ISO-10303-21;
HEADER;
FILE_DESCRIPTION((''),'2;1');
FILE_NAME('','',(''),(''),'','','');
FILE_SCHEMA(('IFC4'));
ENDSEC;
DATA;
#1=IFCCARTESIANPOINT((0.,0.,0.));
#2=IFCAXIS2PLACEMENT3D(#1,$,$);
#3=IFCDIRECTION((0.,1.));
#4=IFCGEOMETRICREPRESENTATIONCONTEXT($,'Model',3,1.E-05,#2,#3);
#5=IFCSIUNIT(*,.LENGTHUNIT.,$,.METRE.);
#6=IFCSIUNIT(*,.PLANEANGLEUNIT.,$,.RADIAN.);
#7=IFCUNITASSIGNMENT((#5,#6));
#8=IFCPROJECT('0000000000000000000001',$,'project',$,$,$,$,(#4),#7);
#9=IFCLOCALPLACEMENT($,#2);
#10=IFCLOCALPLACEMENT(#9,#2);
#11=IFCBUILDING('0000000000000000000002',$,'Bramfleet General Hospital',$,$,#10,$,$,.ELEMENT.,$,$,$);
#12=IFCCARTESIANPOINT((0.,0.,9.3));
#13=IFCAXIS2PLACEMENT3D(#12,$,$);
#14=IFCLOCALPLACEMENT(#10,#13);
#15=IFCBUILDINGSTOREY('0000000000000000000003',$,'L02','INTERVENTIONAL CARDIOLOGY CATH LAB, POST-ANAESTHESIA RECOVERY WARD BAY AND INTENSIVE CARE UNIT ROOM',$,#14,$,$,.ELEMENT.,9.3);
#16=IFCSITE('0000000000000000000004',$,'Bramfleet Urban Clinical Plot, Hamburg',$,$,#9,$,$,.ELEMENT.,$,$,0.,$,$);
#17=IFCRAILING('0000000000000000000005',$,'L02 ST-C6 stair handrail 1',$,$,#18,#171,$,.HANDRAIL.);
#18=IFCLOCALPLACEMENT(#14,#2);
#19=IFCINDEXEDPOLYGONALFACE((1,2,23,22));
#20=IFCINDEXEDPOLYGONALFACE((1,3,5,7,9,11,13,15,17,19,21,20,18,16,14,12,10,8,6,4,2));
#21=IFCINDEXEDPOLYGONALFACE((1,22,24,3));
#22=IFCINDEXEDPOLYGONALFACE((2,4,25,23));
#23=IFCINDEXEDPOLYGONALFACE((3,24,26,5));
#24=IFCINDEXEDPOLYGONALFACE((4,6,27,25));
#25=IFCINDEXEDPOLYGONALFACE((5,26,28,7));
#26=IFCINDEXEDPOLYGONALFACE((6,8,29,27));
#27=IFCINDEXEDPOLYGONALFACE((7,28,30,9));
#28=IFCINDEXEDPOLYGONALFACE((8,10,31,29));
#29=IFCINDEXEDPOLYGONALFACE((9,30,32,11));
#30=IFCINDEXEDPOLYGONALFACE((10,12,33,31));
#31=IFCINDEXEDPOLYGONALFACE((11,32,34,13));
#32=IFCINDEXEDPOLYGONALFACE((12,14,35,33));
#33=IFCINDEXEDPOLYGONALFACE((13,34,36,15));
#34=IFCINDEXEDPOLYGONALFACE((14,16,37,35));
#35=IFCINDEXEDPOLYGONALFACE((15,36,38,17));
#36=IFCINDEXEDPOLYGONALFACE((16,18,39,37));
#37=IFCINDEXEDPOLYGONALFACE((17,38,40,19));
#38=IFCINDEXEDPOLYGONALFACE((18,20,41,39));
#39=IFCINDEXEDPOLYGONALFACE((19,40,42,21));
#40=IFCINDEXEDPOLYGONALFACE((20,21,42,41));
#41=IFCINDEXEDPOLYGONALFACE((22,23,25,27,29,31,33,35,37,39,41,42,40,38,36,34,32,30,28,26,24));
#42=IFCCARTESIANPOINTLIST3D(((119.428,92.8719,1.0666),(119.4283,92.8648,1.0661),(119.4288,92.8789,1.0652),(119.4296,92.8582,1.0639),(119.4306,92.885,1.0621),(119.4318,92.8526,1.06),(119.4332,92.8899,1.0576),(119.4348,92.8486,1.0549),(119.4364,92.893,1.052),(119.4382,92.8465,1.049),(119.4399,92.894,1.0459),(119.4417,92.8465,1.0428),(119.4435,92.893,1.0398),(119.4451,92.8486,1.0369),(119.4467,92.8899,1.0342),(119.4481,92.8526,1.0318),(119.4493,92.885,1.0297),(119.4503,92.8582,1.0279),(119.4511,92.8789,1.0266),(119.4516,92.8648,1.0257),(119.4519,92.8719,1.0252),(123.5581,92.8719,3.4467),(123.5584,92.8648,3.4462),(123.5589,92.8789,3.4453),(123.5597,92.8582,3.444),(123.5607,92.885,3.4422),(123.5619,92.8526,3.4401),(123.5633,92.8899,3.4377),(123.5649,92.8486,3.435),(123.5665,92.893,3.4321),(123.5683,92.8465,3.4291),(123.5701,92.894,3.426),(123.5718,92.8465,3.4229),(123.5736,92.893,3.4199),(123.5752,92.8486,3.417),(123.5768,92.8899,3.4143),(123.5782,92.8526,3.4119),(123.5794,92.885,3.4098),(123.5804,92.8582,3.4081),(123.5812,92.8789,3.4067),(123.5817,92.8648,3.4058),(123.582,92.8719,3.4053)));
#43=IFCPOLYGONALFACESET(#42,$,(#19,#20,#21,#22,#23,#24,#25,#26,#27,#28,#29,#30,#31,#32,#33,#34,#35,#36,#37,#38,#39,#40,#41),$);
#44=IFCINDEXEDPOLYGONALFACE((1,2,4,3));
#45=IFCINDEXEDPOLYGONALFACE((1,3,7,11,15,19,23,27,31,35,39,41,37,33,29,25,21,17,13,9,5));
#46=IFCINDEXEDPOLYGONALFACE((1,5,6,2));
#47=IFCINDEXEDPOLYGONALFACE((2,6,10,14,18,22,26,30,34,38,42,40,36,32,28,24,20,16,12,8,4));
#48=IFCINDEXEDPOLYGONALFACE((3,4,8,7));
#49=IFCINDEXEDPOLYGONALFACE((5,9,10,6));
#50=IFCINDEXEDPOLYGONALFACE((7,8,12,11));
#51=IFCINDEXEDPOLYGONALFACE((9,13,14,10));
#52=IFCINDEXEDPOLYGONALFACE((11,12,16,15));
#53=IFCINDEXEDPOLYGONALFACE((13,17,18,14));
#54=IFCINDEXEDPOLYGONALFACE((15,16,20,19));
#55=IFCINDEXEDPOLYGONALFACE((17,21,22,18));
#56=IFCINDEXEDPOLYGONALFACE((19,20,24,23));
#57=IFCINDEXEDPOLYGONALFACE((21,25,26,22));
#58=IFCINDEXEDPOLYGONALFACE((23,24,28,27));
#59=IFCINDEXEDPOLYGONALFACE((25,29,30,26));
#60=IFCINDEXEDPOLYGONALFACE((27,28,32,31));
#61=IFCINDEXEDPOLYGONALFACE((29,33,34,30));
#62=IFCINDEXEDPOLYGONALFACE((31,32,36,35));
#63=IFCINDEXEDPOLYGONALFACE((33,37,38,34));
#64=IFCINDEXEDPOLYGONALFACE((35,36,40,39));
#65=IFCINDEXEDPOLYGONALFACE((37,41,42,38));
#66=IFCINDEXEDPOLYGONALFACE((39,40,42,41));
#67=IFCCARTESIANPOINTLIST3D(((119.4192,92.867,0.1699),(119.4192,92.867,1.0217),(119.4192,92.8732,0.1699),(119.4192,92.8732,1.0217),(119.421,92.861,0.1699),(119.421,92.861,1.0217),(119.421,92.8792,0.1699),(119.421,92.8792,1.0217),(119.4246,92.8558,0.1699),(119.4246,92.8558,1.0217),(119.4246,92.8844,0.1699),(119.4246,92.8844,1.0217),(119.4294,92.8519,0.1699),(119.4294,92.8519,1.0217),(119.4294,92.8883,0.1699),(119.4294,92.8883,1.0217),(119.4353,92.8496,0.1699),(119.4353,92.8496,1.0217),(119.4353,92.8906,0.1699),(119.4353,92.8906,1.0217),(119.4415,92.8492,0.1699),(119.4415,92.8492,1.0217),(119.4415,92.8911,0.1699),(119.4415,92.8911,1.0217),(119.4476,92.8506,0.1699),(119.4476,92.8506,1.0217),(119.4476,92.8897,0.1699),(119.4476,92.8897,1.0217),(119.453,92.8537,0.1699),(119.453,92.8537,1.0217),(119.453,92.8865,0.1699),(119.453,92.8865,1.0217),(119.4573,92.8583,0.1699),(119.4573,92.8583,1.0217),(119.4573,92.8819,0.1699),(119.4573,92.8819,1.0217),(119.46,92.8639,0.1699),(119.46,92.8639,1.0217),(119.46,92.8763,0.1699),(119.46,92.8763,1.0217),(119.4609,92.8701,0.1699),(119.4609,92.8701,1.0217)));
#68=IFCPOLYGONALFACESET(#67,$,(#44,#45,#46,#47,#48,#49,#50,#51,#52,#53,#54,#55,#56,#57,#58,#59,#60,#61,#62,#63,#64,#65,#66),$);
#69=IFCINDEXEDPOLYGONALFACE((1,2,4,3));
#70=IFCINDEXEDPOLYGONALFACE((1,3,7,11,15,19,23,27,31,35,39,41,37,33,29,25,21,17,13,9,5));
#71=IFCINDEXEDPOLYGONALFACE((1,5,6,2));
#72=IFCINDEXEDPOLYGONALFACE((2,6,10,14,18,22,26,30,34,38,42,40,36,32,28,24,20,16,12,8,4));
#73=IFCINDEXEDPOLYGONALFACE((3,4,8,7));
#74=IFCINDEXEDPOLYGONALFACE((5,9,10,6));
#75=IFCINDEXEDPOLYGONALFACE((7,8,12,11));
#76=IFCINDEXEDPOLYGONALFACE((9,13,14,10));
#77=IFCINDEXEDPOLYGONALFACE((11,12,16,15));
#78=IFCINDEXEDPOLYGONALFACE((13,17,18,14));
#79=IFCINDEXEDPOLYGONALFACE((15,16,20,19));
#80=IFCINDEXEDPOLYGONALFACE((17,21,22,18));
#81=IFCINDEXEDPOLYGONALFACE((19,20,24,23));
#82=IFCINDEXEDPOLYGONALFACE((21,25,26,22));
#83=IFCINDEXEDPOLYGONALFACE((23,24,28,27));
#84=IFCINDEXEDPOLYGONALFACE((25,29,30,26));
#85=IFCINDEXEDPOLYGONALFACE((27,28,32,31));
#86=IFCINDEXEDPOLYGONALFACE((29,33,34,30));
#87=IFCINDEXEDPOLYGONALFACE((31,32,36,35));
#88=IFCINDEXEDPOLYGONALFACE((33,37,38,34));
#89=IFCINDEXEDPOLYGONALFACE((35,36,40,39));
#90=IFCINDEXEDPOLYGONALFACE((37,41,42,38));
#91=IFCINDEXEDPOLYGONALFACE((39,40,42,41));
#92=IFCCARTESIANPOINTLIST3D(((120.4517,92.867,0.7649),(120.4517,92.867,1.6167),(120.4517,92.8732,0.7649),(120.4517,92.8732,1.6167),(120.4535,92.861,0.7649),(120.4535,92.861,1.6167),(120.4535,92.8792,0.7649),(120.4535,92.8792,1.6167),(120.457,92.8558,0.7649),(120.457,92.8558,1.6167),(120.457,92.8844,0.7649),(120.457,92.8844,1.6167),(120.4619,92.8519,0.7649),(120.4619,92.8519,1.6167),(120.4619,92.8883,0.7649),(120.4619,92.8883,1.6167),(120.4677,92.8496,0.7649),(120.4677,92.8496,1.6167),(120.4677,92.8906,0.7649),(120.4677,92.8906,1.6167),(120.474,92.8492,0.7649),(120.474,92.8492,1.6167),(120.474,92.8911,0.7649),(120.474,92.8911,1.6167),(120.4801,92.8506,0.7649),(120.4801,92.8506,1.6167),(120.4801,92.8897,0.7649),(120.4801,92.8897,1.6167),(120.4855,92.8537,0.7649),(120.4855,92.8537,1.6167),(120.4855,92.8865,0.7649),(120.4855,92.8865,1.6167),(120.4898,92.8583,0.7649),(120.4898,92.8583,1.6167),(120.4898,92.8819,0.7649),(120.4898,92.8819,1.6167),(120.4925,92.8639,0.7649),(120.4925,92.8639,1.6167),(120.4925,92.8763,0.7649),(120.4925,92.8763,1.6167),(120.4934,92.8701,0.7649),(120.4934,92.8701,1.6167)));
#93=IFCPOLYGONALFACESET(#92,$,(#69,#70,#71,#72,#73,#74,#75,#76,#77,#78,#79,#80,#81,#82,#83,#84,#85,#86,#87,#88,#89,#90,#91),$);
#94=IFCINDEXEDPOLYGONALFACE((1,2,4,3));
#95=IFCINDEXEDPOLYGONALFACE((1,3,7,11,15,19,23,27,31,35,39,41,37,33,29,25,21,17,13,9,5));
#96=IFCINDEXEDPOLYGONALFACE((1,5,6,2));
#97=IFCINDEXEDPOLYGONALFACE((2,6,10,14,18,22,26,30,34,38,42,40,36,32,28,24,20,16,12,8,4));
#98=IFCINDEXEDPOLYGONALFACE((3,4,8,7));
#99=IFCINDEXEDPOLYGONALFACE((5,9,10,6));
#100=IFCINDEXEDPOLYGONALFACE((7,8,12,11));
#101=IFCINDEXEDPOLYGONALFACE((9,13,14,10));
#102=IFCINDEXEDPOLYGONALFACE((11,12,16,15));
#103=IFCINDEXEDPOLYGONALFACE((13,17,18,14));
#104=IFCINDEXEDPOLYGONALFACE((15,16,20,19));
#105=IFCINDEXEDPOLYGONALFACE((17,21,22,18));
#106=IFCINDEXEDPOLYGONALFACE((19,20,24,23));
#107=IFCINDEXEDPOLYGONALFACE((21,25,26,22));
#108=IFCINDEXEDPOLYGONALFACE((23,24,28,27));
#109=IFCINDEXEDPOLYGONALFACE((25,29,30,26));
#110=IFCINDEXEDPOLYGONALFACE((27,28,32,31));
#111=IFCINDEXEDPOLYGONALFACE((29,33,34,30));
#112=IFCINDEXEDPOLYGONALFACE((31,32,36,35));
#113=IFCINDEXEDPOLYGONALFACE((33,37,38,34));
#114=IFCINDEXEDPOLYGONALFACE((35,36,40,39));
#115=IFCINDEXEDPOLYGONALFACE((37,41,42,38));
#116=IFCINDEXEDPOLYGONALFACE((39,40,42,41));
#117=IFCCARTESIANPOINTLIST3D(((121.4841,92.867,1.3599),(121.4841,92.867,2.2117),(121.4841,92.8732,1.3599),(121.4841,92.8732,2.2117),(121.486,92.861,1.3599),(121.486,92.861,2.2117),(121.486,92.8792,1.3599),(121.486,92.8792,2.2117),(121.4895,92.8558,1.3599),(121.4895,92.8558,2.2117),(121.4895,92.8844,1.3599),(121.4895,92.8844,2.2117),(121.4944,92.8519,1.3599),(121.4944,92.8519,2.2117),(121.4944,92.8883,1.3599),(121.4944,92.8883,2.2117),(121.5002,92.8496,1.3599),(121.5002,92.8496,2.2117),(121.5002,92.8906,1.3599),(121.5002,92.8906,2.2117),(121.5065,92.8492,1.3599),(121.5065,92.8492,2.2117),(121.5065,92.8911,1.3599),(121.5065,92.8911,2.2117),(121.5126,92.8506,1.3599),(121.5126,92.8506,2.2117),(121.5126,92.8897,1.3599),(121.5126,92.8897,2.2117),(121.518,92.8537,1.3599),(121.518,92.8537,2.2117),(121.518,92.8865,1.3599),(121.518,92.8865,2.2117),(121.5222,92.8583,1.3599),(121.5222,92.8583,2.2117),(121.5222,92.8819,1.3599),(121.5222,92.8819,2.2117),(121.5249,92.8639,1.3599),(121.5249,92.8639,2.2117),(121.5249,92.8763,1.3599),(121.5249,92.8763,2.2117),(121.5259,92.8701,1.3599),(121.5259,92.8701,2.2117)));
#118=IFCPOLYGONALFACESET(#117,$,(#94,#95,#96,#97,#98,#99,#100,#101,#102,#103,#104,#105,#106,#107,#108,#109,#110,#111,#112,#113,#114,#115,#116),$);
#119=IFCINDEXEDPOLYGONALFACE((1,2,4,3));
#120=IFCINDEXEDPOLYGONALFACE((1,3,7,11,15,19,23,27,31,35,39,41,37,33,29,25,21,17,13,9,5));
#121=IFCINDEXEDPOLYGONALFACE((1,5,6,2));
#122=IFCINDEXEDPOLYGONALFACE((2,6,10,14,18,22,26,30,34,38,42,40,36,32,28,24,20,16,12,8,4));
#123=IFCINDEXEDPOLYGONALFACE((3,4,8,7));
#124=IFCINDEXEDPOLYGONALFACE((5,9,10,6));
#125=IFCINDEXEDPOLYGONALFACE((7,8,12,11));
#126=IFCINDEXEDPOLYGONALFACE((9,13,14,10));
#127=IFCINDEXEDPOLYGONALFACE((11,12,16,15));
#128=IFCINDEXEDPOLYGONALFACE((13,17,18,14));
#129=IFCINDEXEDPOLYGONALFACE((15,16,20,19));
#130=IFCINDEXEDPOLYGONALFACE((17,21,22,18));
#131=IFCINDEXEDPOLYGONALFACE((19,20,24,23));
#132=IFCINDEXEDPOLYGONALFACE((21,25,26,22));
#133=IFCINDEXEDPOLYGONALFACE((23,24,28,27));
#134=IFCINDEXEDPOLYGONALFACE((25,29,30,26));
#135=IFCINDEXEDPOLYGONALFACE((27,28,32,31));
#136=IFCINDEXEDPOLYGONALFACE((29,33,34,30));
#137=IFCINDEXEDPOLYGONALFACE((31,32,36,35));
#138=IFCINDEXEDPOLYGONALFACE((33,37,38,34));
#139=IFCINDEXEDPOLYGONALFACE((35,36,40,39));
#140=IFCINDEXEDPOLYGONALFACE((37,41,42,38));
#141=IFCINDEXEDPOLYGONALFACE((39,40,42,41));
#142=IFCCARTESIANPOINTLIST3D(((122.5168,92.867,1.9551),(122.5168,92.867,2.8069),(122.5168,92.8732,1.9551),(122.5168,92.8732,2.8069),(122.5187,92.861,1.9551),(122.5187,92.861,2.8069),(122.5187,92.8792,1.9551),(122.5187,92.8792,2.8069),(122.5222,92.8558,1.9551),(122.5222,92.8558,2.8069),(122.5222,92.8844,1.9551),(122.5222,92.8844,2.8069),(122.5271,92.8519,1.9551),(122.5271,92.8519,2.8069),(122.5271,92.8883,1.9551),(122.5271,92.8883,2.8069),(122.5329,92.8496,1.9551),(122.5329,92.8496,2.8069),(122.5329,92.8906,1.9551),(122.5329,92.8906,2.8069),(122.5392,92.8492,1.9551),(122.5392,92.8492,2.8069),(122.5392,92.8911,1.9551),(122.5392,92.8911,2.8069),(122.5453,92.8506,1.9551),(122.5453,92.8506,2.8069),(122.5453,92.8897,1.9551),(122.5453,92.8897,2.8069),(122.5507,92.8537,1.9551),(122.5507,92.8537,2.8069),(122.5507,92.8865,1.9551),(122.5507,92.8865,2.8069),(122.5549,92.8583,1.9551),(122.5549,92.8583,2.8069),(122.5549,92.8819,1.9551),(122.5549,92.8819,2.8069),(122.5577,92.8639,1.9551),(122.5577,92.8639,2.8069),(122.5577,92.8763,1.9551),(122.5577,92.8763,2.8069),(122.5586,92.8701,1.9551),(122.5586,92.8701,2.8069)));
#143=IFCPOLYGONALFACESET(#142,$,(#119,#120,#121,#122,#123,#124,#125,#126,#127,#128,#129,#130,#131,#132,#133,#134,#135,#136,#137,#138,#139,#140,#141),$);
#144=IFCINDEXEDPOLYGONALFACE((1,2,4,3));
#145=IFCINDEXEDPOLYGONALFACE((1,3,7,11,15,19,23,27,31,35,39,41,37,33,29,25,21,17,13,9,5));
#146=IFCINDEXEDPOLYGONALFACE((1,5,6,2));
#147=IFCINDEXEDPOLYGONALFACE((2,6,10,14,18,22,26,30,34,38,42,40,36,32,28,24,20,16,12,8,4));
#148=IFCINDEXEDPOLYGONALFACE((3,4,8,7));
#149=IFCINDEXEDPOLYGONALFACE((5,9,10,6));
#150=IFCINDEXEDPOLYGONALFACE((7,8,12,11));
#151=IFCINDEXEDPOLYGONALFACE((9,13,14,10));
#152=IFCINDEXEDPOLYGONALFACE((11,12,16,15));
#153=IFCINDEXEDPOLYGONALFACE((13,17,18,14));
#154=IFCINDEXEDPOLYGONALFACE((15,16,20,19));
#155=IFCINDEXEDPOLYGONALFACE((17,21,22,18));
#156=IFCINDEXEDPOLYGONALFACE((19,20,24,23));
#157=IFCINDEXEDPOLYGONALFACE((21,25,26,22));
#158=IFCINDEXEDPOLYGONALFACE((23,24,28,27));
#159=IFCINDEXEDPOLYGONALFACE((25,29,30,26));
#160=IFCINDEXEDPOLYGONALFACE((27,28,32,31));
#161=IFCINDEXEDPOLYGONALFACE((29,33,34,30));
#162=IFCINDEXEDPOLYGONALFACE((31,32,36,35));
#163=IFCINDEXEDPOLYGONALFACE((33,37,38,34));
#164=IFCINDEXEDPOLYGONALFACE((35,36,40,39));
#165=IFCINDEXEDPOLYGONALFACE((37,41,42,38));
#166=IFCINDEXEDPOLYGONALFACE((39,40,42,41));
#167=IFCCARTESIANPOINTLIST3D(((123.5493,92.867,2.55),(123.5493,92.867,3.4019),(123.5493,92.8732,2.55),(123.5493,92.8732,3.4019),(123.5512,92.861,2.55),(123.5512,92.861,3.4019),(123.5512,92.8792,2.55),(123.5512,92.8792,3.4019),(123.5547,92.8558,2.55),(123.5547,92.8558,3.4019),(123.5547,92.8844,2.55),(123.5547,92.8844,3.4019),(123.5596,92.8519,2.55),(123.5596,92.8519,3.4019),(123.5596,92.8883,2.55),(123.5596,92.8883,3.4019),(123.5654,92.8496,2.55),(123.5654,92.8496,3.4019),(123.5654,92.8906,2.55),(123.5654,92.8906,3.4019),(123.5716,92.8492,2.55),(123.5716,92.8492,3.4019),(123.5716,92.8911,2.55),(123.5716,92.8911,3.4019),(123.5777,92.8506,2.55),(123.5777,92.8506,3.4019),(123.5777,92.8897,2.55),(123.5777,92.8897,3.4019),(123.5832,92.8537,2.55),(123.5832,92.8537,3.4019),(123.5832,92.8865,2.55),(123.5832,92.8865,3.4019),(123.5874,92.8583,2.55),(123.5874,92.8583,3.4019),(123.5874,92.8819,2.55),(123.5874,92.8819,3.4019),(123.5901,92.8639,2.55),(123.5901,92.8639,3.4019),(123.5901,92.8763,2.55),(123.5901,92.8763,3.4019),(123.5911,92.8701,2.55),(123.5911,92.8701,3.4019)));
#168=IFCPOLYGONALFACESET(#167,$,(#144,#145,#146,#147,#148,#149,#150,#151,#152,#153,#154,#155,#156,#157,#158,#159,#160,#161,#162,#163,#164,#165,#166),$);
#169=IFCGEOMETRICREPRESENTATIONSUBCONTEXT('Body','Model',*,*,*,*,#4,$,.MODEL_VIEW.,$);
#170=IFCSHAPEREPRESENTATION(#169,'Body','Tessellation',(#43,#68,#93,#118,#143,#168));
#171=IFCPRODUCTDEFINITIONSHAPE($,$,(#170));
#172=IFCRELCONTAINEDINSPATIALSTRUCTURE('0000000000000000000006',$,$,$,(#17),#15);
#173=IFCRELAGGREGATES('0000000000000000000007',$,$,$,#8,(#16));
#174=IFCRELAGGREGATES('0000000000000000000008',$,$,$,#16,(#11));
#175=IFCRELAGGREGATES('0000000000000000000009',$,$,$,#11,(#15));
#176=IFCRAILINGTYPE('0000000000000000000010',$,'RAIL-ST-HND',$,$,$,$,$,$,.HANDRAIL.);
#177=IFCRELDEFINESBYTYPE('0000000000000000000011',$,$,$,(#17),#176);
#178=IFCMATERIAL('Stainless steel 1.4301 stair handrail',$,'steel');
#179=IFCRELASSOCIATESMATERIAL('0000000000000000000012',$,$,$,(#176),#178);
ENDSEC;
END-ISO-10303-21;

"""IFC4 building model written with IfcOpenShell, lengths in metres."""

from ifc_helpers import new_model, si_unit, direction, frame, origin, origin_2d, place, context, subcontext, project, spatial, circle, extrude, material, type_object, element, save


model = new_model("IFC4")

# Units and contexts
model_context = context("Model", 3, precision=1e-05, world=origin(), true_north=direction((0.0, 1.0)))
body_context = subcontext(model_context, "Body", "Model", "MODEL_VIEW")
ifc_project = project(units=[si_unit("LENGTHUNIT", "METRE"), si_unit("PLANEANGLEUNIT", "RADIAN")], contexts=[model_context])

# Site, building, storey
site_placement = place(None, origin())
site = spatial("IfcSite", under=ifc_project, at=site_placement, Name="Bramfleet Urban Clinical Plot, Hamburg", CompositionType="ELEMENT", RefElevation=0.0)
building_placement = place(site_placement, origin())
building = spatial("IfcBuilding", under=site, at=building_placement, Name="Bramfleet General Hospital", CompositionType="ELEMENT")
storey_placement = place(building_placement, frame((0.0, 0.0, 9.3)))
storey = spatial("IfcBuildingStorey", under=building, at=storey_placement, Name="L02", Description="INTERVENTIONAL CARDIOLOGY CATH LAB, POST-ANAESTHESIA RECOVERY WARD BAY AND INTENSIVE CARE UNIT ROOM", CompositionType="ELEMENT", Elevation=9.3)

# Railing
ifc_material_1 = material(Name="Stainless steel 1.4301 stair handrail", Category="steel")
railing_type_1 = type_object("IfcRailingType", Name="RAIL-ST-HND", PredefinedType="HANDRAIL", material=ifc_material_1)
railing_placement = place(storey_placement, frame((119.4399, 92.8701, 0.1699)))
element("IfcRailing", 1, at=railing_placement, inside=storey, type_object=railing_type_1, Name="L02 ST-C6 stair handrail 1", PredefinedType="HANDRAIL", context=body_context, shape_type="SweptSolid", body=[
    extrude(circle(Radius=0.0239, at=origin_2d()), frame((0.0, 0.0, 0.876), z_axis=(0.866425, 0.0, 0.499307), x_axis=(0.0, 1.0, 0.0)), (0.0, 0.0, 1.0), 4.7668),
    extrude(circle(Radius=0.021, at=origin_2d()), origin(), (0.0, 0.0, 1.0), 0.8518),
    extrude(circle(Radius=0.021, at=origin_2d()), frame((1.0325, 0.0, 0.595)), (0.0, 0.0, 1.0), 0.8518),
    extrude(circle(Radius=0.021, at=origin_2d()), frame((2.0649, 0.0, 1.1899)), (0.0, 0.0, 1.0), 0.8518),
    extrude(circle(Radius=0.021, at=origin_2d()), frame((3.0977, 0.0, 1.7852)), (0.0, 0.0, 1.0), 0.8518),
    extrude(circle(Radius=0.021, at=origin_2d()), frame((4.1301, 0.0, 2.3801)), (0.0, 0.0, 1.0), 0.8518),
])

save(model, "model.ifc")
